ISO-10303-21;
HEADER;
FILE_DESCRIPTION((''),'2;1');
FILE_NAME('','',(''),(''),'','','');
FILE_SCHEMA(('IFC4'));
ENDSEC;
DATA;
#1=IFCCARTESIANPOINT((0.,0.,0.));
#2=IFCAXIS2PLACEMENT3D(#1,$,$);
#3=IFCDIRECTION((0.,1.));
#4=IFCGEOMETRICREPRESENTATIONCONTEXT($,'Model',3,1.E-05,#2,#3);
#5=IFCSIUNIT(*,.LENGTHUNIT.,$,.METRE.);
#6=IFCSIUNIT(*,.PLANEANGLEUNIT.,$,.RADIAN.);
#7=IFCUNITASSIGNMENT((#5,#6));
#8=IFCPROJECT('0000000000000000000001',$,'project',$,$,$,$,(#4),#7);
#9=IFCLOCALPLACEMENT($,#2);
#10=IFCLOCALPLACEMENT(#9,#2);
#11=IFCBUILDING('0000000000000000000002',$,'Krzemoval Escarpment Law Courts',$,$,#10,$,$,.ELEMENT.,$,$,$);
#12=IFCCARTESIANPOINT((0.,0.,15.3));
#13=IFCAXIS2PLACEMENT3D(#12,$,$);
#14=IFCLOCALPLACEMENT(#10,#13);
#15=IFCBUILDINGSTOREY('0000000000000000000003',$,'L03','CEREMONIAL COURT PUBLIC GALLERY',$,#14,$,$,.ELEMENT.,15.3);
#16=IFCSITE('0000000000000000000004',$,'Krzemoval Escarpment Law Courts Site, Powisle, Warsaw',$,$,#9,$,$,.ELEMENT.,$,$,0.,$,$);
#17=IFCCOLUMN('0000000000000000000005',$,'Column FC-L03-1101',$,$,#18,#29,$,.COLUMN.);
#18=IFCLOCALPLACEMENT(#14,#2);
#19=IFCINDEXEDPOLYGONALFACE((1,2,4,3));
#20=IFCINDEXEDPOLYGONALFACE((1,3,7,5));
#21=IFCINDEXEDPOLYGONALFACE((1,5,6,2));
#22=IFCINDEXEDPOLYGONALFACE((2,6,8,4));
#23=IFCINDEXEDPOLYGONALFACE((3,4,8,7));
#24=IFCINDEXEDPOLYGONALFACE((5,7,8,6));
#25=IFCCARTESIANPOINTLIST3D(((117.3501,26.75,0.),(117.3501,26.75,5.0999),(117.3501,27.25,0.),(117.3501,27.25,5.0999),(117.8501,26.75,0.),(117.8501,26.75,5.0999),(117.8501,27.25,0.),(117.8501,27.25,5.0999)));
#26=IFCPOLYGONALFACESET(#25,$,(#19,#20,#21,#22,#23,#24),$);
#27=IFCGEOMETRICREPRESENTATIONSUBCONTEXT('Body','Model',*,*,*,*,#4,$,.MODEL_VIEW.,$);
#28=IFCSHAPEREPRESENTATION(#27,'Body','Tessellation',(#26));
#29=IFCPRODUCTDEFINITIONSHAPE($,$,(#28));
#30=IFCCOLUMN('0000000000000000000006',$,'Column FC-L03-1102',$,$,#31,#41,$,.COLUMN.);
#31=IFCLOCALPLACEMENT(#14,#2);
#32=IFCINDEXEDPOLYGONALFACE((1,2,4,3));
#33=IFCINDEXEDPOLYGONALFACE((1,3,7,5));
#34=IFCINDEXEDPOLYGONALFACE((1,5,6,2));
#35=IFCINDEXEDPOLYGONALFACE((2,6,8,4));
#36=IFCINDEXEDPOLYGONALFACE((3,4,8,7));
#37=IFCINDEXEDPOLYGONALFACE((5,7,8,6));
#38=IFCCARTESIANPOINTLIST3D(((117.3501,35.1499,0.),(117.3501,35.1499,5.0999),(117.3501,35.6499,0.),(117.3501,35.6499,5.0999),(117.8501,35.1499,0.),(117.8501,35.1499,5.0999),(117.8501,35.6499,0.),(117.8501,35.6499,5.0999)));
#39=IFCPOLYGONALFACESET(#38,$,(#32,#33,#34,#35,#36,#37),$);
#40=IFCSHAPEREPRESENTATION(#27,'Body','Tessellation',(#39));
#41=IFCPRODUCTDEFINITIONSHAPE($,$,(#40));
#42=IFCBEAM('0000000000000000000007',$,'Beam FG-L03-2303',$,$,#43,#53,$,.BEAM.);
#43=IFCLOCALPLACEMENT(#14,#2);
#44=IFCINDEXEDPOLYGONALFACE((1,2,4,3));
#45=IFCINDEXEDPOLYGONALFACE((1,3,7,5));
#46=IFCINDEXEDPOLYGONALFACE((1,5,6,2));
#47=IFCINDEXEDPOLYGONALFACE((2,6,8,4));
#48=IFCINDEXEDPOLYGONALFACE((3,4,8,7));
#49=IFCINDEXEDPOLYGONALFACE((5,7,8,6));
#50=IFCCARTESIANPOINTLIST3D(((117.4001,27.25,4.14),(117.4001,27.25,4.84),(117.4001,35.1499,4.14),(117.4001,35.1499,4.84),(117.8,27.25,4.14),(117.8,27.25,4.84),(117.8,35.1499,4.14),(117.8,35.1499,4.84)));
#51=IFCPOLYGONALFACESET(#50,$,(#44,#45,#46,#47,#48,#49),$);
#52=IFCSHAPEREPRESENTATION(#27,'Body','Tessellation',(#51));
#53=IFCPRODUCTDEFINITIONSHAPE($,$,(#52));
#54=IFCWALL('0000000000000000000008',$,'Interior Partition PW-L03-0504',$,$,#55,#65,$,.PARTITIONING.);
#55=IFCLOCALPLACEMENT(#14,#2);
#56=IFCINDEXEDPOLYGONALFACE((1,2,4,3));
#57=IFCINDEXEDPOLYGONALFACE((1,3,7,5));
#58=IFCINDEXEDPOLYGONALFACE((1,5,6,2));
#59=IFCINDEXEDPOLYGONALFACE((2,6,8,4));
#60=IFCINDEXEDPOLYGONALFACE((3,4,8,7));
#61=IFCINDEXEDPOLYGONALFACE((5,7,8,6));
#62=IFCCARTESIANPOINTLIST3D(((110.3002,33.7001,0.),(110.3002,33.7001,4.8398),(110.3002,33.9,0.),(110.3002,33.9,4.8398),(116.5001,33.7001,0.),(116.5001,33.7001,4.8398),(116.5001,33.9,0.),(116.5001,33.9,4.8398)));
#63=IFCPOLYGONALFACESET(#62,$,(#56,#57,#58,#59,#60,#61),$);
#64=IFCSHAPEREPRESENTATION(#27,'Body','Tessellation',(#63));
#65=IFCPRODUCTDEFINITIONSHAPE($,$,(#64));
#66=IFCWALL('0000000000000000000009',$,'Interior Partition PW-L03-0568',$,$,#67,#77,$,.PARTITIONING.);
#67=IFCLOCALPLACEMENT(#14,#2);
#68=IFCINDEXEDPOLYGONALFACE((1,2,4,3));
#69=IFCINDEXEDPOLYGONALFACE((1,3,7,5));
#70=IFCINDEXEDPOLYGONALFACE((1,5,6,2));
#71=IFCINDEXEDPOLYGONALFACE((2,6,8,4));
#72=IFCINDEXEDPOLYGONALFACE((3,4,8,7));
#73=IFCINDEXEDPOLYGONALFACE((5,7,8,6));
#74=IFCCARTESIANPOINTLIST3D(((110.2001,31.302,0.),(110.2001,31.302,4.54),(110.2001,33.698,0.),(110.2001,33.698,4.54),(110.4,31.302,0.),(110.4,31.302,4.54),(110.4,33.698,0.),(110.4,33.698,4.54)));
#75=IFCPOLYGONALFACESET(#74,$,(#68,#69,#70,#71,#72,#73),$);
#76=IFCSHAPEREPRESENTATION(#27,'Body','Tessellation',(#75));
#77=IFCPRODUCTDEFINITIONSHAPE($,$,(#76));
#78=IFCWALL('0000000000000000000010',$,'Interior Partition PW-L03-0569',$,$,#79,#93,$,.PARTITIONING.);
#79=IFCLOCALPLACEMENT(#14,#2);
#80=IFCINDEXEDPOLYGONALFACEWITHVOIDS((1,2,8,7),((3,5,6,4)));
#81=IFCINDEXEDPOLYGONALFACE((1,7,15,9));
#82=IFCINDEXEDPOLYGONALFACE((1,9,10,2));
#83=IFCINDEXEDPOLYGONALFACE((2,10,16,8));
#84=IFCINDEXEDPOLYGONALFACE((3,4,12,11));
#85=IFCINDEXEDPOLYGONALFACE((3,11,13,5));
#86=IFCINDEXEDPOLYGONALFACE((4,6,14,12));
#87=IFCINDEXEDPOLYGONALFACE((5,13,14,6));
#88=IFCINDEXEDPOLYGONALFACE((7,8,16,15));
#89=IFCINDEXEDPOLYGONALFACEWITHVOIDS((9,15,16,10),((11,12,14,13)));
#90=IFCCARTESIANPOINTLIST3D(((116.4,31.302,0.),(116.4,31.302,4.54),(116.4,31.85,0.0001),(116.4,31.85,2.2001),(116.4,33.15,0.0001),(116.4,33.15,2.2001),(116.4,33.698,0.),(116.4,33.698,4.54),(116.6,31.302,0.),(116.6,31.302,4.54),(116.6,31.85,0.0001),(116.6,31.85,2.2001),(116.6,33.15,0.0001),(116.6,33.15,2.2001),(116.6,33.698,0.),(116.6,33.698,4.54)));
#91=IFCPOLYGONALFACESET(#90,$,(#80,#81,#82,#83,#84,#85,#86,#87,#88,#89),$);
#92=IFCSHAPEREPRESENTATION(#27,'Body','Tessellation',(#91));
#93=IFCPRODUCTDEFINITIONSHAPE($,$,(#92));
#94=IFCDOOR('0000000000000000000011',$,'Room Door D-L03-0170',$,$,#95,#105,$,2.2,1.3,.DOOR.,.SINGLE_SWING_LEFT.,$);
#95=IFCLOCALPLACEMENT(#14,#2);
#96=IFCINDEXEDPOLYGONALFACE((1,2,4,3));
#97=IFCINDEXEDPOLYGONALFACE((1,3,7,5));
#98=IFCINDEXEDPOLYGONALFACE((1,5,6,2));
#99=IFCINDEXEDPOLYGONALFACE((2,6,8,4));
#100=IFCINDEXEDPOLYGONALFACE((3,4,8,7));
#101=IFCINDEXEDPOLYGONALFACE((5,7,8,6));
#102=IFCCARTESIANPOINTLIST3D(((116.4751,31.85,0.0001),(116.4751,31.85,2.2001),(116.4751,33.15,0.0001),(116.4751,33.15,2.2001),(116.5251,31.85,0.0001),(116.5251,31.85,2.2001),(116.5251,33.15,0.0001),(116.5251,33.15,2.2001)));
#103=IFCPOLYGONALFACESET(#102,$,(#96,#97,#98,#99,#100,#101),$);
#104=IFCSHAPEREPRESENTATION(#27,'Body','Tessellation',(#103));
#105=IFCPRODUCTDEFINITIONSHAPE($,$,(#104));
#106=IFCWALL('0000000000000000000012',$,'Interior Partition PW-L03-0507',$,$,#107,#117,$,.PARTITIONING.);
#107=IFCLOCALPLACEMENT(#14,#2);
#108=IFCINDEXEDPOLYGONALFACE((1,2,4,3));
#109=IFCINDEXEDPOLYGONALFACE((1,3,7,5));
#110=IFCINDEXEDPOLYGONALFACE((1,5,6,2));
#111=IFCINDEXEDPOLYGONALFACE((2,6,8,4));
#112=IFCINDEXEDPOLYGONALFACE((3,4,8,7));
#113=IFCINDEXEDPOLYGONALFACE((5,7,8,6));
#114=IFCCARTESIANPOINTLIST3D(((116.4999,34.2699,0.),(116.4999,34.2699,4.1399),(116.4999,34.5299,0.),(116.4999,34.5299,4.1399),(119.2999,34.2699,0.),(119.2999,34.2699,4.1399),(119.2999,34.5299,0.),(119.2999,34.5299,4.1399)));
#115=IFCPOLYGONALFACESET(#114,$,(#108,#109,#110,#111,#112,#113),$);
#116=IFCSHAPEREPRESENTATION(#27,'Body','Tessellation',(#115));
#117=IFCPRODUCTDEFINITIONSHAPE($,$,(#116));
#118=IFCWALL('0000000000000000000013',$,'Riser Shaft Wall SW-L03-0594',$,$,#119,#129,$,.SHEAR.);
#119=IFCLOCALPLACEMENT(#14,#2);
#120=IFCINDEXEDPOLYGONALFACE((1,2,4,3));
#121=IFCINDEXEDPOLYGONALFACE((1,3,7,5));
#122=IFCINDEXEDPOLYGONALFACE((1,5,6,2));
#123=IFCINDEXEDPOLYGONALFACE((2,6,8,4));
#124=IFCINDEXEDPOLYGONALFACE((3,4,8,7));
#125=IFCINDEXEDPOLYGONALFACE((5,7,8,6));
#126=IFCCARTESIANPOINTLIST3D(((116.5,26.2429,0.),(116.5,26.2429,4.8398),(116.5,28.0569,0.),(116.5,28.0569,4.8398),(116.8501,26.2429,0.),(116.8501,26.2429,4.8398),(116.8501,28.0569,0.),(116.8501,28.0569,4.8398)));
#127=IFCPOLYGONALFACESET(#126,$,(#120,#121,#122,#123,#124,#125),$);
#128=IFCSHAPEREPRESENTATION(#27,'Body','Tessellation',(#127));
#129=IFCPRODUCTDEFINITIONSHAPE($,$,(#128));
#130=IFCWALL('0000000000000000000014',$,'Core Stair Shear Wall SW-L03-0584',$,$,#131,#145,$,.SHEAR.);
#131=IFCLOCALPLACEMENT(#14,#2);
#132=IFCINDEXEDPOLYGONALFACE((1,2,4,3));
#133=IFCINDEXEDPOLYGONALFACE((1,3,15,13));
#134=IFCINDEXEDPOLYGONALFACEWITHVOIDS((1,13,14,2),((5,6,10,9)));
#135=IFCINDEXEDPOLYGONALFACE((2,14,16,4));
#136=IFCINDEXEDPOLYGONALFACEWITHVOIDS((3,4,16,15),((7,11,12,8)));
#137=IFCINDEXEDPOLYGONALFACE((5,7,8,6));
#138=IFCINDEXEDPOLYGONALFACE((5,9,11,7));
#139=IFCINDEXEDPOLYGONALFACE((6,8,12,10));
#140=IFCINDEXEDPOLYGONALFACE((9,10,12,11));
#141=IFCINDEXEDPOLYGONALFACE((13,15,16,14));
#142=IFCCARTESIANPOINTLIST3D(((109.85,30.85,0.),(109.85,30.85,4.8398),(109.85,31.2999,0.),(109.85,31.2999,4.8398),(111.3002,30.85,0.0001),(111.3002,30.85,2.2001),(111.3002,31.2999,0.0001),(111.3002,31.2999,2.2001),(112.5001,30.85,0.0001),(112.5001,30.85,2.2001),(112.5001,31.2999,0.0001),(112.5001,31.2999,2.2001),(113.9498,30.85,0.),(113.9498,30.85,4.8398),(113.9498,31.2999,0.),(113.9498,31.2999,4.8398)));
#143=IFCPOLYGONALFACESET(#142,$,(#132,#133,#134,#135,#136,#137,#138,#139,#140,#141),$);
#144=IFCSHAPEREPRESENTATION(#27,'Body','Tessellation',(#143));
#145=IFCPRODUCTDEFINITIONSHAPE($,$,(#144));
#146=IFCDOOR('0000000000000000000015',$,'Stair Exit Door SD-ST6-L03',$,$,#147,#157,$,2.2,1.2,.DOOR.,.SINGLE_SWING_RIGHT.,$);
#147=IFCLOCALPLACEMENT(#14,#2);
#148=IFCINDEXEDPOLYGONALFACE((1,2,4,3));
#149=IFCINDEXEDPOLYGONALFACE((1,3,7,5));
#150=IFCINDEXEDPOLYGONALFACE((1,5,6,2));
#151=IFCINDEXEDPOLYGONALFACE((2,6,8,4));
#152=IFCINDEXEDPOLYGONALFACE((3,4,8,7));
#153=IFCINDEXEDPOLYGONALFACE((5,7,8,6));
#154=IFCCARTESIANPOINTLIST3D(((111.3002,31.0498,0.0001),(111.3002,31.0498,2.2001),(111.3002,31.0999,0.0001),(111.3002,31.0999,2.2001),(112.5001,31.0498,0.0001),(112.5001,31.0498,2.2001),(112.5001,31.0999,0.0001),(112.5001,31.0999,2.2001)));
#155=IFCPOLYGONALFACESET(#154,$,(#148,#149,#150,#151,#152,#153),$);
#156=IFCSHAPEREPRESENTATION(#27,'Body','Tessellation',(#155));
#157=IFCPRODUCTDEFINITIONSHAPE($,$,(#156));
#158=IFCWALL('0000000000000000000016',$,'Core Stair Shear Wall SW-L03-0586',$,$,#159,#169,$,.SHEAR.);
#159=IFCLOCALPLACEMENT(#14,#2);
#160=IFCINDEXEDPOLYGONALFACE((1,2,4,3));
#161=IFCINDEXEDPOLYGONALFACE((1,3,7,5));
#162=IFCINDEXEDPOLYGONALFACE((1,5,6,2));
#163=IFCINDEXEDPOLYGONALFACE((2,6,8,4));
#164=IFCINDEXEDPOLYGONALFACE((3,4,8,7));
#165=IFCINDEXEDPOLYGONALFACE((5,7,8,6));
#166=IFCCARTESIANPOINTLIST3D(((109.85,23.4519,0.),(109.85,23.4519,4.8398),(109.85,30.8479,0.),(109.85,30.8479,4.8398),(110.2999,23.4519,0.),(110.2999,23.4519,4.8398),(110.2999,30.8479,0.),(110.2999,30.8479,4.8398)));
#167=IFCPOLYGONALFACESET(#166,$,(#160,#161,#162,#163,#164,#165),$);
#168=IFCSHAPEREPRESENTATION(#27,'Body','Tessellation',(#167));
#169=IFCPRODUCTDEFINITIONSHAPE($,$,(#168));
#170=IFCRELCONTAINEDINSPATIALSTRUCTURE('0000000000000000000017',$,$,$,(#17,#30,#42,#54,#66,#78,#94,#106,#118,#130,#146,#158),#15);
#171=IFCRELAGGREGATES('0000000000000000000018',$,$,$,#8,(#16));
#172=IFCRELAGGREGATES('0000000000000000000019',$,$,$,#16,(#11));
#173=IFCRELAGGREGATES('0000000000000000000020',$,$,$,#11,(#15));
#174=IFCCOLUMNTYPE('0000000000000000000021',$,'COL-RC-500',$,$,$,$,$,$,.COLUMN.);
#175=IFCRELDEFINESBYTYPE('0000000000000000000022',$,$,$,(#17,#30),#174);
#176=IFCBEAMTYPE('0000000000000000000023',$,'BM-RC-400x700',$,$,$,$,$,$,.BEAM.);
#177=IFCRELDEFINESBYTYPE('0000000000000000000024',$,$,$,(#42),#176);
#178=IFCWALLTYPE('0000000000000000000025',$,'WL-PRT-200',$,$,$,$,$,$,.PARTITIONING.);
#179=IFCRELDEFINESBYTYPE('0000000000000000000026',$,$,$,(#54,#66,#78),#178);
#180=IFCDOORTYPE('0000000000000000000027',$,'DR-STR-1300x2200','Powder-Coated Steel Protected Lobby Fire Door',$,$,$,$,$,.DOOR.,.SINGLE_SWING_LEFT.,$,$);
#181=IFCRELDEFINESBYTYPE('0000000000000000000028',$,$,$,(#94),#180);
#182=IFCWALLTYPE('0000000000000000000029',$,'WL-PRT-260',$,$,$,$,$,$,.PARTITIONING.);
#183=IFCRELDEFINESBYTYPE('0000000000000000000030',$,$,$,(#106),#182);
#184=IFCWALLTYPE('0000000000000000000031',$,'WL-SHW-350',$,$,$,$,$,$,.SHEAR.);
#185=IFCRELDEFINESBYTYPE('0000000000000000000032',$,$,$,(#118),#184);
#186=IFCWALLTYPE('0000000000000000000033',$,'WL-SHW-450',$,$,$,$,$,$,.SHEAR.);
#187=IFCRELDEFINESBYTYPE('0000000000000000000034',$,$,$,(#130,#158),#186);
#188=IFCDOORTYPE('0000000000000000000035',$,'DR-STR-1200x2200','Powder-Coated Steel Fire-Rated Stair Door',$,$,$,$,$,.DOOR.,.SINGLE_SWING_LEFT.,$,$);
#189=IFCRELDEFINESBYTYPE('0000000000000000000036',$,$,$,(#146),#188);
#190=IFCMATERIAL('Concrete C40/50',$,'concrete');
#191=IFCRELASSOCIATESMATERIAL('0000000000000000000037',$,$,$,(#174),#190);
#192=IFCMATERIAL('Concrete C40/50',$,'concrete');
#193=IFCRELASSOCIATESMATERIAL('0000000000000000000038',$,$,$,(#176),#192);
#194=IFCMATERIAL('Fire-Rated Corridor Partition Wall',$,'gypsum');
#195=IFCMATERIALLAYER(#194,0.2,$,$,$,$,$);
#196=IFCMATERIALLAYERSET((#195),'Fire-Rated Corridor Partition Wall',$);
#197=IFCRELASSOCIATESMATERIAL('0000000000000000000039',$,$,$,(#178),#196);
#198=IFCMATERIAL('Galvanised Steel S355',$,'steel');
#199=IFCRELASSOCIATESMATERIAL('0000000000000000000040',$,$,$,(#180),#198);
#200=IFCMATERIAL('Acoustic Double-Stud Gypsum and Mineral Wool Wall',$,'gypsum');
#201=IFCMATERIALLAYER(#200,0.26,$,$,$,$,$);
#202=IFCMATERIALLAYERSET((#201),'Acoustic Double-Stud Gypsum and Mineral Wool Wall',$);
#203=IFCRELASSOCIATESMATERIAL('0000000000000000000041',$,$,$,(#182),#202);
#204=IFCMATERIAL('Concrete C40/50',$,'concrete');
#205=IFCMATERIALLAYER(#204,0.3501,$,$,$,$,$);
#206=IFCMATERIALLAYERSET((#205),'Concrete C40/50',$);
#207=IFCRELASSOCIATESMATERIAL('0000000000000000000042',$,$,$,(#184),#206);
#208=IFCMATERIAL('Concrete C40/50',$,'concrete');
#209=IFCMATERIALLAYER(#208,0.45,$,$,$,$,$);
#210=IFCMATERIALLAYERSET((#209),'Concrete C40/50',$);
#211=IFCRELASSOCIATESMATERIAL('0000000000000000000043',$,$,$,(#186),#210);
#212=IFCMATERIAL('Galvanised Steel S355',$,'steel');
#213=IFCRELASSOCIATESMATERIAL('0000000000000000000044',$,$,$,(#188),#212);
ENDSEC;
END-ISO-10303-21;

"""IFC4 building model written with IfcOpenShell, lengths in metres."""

from ifc_helpers import new_model, si_unit, direction, frame, frame_2d, origin, origin_2d, place, context, subcontext, project, spatial, rectangle, extrude, material, layer, layer_set, material_profile, profile_set, type_object, element, fill, save


model = new_model("IFC4")

# Units and contexts
model_context = context("Model", 3, precision=1e-05, world=origin(), true_north=direction((0.0, 1.0)))
body_context = subcontext(model_context, "Body", "Model", "MODEL_VIEW")
ifc_project = project(units=[si_unit("LENGTHUNIT", "METRE"), si_unit("PLANEANGLEUNIT", "RADIAN")], contexts=[model_context])

# Site, building, storey
site_placement = place(None, origin())
site = spatial("IfcSite", under=ifc_project, at=site_placement, Name="Krzemoval Escarpment Law Courts Site, Powisle, Warsaw", CompositionType="ELEMENT", RefElevation=0.0)
building_placement = place(site_placement, origin())
building = spatial("IfcBuilding", under=site, at=building_placement, Name="Krzemoval Escarpment Law Courts", CompositionType="ELEMENT")
storey_placement = place(building_placement, frame((0.0, 0.0, 15.3)))
storey = spatial("IfcBuildingStorey", under=building, at=storey_placement, Name="L03", Description="CEREMONIAL COURT PUBLIC GALLERY", CompositionType="ELEMENT", Elevation=15.3)

# Columns
ifc_material_1 = material(Name="Concrete C40/50", Category="concrete")
ifc_material_profile_1 = material_profile(ifc_material_1, rectangle(XDim=0.5, YDim=0.5, at=origin_2d()), Name="RC 500x500")
ifc_profile_set_1 = profile_set([ifc_material_profile_1], Name="Concrete C40/50")
column_type = type_object("IfcColumnType", Name="COL-RC-500", PredefinedType="COLUMN", material=ifc_profile_set_1)
for number, where, z_axis, x_axis, name in (
    (1, (117.6001, 27.0, 0.0), (0.0, 0.0, 1.0), (1.0, 0.0, 0.0), "Column FC-L03-1101"),
    (2, (117.6001, 35.3999, 0.0), (0.0, 0.0, 1.0), (1.0, 0.0, 0.0), "Column FC-L03-1102"),
):
    element("IfcColumn", number, at=place(storey_placement, frame(where, z_axis=z_axis, x_axis=x_axis)), inside=storey, type_object=column_type, Name=name, PredefinedType="COLUMN", context=body_context, shape_type="SweptSolid", body=[
        extrude(rectangle(XDim=0.5, YDim=0.5, at=origin_2d()), origin(), (0.0, 0.0, 1.0), 5.0999),
    ])

# Beam
ifc_material_2 = material(Name="Concrete C40/50", Category="concrete")
ifc_material_profile_2 = material_profile(ifc_material_2, rectangle(XDim=0.3999, YDim=0.7, at=origin_2d()), Name="RCB 400x700")
ifc_profile_set_2 = profile_set([ifc_material_profile_2], Name="Concrete C40/50")
beam_type = type_object("IfcBeamType", Name="BM-RC-400x700", PredefinedType="BEAM", material=ifc_profile_set_2)
beam_placement = place(storey_placement, frame((117.6001, 27.25, 4.49), z_axis=(0.0, 1.0, 0.0), x_axis=(-1.0, 0.0, 0.0)))
element("IfcBeam", 3, at=beam_placement, inside=storey, type_object=beam_type, Name="Beam FG-L03-2303", PredefinedType="BEAM", context=body_context, shape_type="SweptSolid", body=[
    extrude(rectangle(XDim=0.3999, YDim=0.7, at=origin_2d()), origin(), (0.0, 0.0, 1.0), 7.8999),
])

# Walls
ifc_material_3 = material(Name="Fire-Rated Corridor Partition Wall", Category="gypsum")
ifc_layer_1 = layer(ifc_material_3, 0.2)
ifc_layer_set_1 = layer_set([ifc_layer_1], Name="Fire-Rated Corridor Partition Wall")
wall_type_1 = type_object("IfcWallType", Name="WL-PRT-200", PredefinedType="PARTITIONING", material=ifc_layer_set_1)
wall_1_placement = place(storey_placement, frame((110.3, 33.8, 0.0), z_axis=(0.0, 0.0, 1.0), x_axis=(1.0, 0.0, 0.0)))
element("IfcWall", 4, at=wall_1_placement, inside=storey, type_object=wall_type_1, Name="Interior Partition PW-L03-0504", PredefinedType="PARTITIONING", context=body_context, shape_type="SweptSolid", body=[
    extrude(rectangle(XDim=6.2, YDim=0.2, at=frame_2d((3.1001, 0.0))), origin(), (0.0, 0.0, 1.0), 4.8398),
])
wall_2_placement = place(storey_placement, frame((110.3, 31.302, 0.0), z_axis=(0.0, 0.0, 1.0), x_axis=(0.0, 1.0, 0.0)))
element("IfcWall", 5, at=wall_2_placement, inside=storey, type_object=wall_type_1, Name="Interior Partition PW-L03-0568", PredefinedType="PARTITIONING", context=body_context, shape_type="SweptSolid", body=[
    extrude(rectangle(XDim=2.396, YDim=0.2, at=frame_2d((1.198, 0.0))), origin(), (0.0, 0.0, 1.0), 4.54),
])

# Wall, opening, door
wall_3_placement = place(storey_placement, frame((116.5, 31.302, 0.0), z_axis=(0.0, 0.0, 1.0), x_axis=(0.0, 1.0, 0.0)))
wall_3 = element("IfcWall", 6, at=wall_3_placement, inside=storey, type_object=wall_type_1, Name="Interior Partition PW-L03-0569", PredefinedType="PARTITIONING", context=body_context, shape_type="SweptSolid", body=[
    extrude(rectangle(XDim=2.396, YDim=0.2, at=frame_2d((1.198, 0.0))), origin(), (0.0, 0.0, 1.0), 4.54),
])
opening_1_placement = place(wall_3_placement, frame((0.5481, 0.0, 0.0)))
opening_1 = element("IfcOpeningElement", 7, at=opening_1_placement, cuts=wall_3, PredefinedType="OPENING", context=body_context, shape_type="SweptSolid", body=[
    extrude(rectangle(XDim=1.3, YDim=2.2, at=frame_2d((0.6499, 1.1001))), frame((0.0, 0.115, 0.0), z_axis=(0.0, -1.0, 0.0), x_axis=(1.0, 0.0, 0.0)), (0.0, 0.0, 1.0), 0.2299),
])
ifc_material_4 = material(Name="Galvanised Steel S355", Category="steel")
door_type_1 = type_object("IfcDoorType", Name="DR-STR-1300x2200", Description="Powder-Coated Steel Protected Lobby Fire Door", OperationType="SINGLE_SWING_LEFT", PredefinedType="DOOR", material=ifc_material_4)
door_1_placement = place(opening_1_placement, origin())
door_1 = element("IfcDoor", 8, at=door_1_placement, inside=storey, type_object=door_type_1, Name="Room Door D-L03-0170", OperationType="SINGLE_SWING_LEFT", OverallHeight=2.2, OverallWidth=1.3, PredefinedType="DOOR", context=body_context, shape_type="SweptSolid", body=[
    extrude(rectangle(XDim=1.3, YDim=2.2, at=frame_2d((0.6499, 1.1001))), frame((0.0, 0.0249, 0.0), z_axis=(0.0, -1.0, 0.0), x_axis=(1.0, 0.0, 0.0)), (0.0, 0.0, 1.0), 0.05),
])
fill(opening_1, door_1)

# Walls
ifc_material_5 = material(Name="Acoustic Double-Stud Gypsum and Mineral Wool Wall", Category="gypsum")
ifc_layer_2 = layer(ifc_material_5, 0.26)
ifc_layer_set_2 = layer_set([ifc_layer_2], Name="Acoustic Double-Stud Gypsum and Mineral Wool Wall")
wall_type_2 = type_object("IfcWallType", Name="WL-PRT-260", PredefinedType="PARTITIONING", material=ifc_layer_set_2)
wall_4_placement = place(storey_placement, frame((116.5, 34.3999, 0.0), z_axis=(0.0, 0.0, 1.0), x_axis=(1.0, 0.0, 0.0)))
element("IfcWall", 9, at=wall_4_placement, inside=storey, type_object=wall_type_2, Name="Interior Partition PW-L03-0507", PredefinedType="PARTITIONING", context=body_context, shape_type="SweptSolid", body=[
    extrude(rectangle(XDim=2.8, YDim=0.26, at=frame_2d((1.3999, 0.0))), origin(), (0.0, 0.0, 1.0), 4.1399),
])
ifc_material_6 = material(Name="Concrete C40/50", Category="concrete")
ifc_layer_3 = layer(ifc_material_6, 0.3501)
ifc_layer_set_3 = layer_set([ifc_layer_3], Name="Concrete C40/50")
wall_type_3 = type_object("IfcWallType", Name="WL-SHW-350", PredefinedType="SHEAR", material=ifc_layer_set_3)
wall_5_placement = place(storey_placement, frame((116.675, 26.2429, 0.0), z_axis=(0.0, 0.0, 1.0), x_axis=(0.0, 1.0, 0.0)))
element("IfcWall", 10, at=wall_5_placement, inside=storey, type_object=wall_type_3, Name="Riser Shaft Wall SW-L03-0594", PredefinedType="SHEAR", context=body_context, shape_type="SweptSolid", body=[
    extrude(rectangle(XDim=1.814, YDim=0.3501, at=frame_2d((0.907, 0.0))), origin(), (0.0, 0.0, 1.0), 4.8398),
])

# Wall, opening, door
ifc_material_7 = material(Name="Concrete C40/50", Category="concrete")
ifc_layer_4 = layer(ifc_material_7, 0.45)
ifc_layer_set_4 = layer_set([ifc_layer_4], Name="Concrete C40/50")
wall_type_4 = type_object("IfcWallType", Name="WL-SHW-450", PredefinedType="SHEAR", material=ifc_layer_set_4)
wall_6_placement = place(storey_placement, frame((109.8501, 31.075, 0.0), z_axis=(0.0, 0.0, 1.0), x_axis=(1.0, 0.0, 0.0)))
wall_6 = element("IfcWall", 11, at=wall_6_placement, inside=storey, type_object=wall_type_4, Name="Core Stair Shear Wall SW-L03-0584", PredefinedType="SHEAR", context=body_context, shape_type="SweptSolid", body=[
    extrude(rectangle(XDim=4.0999, YDim=0.45, at=frame_2d((2.0498, 0.0))), origin(), (0.0, 0.0, 1.0), 4.8398),
])
opening_2_placement = place(wall_6_placement, frame((1.45, 0.0, 0.0)))
opening_2 = element("IfcOpeningElement", 12, at=opening_2_placement, cuts=wall_6, PredefinedType="OPENING", context=body_context, shape_type="SweptSolid", body=[
    extrude(rectangle(XDim=1.2, YDim=2.2, at=frame_2d((0.6001, 1.1001))), frame((0.0, 0.24, 0.0), z_axis=(0.0, -1.0, 0.0), x_axis=(1.0, 0.0, 0.0)), (0.0, 0.0, 1.0), 0.4799),
])
ifc_material_8 = material(Name="Galvanised Steel S355", Category="steel")
door_type_2 = type_object("IfcDoorType", Name="DR-STR-1200x2200", Description="Powder-Coated Steel Fire-Rated Stair Door", OperationType="SINGLE_SWING_LEFT", PredefinedType="DOOR", material=ifc_material_8)
door_2_placement = place(opening_2_placement, origin())
door_2 = element("IfcDoor", 13, at=door_2_placement, inside=storey, type_object=door_type_2, Name="Stair Exit Door SD-ST6-L03", OperationType="SINGLE_SWING_RIGHT", OverallHeight=2.2, OverallWidth=1.2, PredefinedType="DOOR", context=body_context, shape_type="SweptSolid", body=[
    extrude(rectangle(XDim=1.2, YDim=2.2, at=frame_2d((0.6001, 1.1001))), frame((0.0, 0.0249, 0.0), z_axis=(0.0, -1.0, 0.0), x_axis=(1.0, 0.0, 0.0)), (0.0, 0.0, 1.0), 0.05),
])
fill(opening_2, door_2)

# Wall
for number, where, z_axis, x_axis, name in (
    (14, (110.075, 23.4519, 0.0), (0.0, 0.0, 1.0), (0.0, 1.0, 0.0), "Core Stair Shear Wall SW-L03-0586"),
):
    element("IfcWall", number, at=place(storey_placement, frame(where, z_axis=z_axis, x_axis=x_axis)), inside=storey, type_object=wall_type_4, Name=name, PredefinedType="SHEAR", context=body_context, shape_type="SweptSolid", body=[
        extrude(rectangle(XDim=7.396, YDim=0.45, at=frame_2d((3.698, 0.0))), origin(), (0.0, 0.0, 1.0), 4.8398),
    ])

save(model, "model.ifc")
